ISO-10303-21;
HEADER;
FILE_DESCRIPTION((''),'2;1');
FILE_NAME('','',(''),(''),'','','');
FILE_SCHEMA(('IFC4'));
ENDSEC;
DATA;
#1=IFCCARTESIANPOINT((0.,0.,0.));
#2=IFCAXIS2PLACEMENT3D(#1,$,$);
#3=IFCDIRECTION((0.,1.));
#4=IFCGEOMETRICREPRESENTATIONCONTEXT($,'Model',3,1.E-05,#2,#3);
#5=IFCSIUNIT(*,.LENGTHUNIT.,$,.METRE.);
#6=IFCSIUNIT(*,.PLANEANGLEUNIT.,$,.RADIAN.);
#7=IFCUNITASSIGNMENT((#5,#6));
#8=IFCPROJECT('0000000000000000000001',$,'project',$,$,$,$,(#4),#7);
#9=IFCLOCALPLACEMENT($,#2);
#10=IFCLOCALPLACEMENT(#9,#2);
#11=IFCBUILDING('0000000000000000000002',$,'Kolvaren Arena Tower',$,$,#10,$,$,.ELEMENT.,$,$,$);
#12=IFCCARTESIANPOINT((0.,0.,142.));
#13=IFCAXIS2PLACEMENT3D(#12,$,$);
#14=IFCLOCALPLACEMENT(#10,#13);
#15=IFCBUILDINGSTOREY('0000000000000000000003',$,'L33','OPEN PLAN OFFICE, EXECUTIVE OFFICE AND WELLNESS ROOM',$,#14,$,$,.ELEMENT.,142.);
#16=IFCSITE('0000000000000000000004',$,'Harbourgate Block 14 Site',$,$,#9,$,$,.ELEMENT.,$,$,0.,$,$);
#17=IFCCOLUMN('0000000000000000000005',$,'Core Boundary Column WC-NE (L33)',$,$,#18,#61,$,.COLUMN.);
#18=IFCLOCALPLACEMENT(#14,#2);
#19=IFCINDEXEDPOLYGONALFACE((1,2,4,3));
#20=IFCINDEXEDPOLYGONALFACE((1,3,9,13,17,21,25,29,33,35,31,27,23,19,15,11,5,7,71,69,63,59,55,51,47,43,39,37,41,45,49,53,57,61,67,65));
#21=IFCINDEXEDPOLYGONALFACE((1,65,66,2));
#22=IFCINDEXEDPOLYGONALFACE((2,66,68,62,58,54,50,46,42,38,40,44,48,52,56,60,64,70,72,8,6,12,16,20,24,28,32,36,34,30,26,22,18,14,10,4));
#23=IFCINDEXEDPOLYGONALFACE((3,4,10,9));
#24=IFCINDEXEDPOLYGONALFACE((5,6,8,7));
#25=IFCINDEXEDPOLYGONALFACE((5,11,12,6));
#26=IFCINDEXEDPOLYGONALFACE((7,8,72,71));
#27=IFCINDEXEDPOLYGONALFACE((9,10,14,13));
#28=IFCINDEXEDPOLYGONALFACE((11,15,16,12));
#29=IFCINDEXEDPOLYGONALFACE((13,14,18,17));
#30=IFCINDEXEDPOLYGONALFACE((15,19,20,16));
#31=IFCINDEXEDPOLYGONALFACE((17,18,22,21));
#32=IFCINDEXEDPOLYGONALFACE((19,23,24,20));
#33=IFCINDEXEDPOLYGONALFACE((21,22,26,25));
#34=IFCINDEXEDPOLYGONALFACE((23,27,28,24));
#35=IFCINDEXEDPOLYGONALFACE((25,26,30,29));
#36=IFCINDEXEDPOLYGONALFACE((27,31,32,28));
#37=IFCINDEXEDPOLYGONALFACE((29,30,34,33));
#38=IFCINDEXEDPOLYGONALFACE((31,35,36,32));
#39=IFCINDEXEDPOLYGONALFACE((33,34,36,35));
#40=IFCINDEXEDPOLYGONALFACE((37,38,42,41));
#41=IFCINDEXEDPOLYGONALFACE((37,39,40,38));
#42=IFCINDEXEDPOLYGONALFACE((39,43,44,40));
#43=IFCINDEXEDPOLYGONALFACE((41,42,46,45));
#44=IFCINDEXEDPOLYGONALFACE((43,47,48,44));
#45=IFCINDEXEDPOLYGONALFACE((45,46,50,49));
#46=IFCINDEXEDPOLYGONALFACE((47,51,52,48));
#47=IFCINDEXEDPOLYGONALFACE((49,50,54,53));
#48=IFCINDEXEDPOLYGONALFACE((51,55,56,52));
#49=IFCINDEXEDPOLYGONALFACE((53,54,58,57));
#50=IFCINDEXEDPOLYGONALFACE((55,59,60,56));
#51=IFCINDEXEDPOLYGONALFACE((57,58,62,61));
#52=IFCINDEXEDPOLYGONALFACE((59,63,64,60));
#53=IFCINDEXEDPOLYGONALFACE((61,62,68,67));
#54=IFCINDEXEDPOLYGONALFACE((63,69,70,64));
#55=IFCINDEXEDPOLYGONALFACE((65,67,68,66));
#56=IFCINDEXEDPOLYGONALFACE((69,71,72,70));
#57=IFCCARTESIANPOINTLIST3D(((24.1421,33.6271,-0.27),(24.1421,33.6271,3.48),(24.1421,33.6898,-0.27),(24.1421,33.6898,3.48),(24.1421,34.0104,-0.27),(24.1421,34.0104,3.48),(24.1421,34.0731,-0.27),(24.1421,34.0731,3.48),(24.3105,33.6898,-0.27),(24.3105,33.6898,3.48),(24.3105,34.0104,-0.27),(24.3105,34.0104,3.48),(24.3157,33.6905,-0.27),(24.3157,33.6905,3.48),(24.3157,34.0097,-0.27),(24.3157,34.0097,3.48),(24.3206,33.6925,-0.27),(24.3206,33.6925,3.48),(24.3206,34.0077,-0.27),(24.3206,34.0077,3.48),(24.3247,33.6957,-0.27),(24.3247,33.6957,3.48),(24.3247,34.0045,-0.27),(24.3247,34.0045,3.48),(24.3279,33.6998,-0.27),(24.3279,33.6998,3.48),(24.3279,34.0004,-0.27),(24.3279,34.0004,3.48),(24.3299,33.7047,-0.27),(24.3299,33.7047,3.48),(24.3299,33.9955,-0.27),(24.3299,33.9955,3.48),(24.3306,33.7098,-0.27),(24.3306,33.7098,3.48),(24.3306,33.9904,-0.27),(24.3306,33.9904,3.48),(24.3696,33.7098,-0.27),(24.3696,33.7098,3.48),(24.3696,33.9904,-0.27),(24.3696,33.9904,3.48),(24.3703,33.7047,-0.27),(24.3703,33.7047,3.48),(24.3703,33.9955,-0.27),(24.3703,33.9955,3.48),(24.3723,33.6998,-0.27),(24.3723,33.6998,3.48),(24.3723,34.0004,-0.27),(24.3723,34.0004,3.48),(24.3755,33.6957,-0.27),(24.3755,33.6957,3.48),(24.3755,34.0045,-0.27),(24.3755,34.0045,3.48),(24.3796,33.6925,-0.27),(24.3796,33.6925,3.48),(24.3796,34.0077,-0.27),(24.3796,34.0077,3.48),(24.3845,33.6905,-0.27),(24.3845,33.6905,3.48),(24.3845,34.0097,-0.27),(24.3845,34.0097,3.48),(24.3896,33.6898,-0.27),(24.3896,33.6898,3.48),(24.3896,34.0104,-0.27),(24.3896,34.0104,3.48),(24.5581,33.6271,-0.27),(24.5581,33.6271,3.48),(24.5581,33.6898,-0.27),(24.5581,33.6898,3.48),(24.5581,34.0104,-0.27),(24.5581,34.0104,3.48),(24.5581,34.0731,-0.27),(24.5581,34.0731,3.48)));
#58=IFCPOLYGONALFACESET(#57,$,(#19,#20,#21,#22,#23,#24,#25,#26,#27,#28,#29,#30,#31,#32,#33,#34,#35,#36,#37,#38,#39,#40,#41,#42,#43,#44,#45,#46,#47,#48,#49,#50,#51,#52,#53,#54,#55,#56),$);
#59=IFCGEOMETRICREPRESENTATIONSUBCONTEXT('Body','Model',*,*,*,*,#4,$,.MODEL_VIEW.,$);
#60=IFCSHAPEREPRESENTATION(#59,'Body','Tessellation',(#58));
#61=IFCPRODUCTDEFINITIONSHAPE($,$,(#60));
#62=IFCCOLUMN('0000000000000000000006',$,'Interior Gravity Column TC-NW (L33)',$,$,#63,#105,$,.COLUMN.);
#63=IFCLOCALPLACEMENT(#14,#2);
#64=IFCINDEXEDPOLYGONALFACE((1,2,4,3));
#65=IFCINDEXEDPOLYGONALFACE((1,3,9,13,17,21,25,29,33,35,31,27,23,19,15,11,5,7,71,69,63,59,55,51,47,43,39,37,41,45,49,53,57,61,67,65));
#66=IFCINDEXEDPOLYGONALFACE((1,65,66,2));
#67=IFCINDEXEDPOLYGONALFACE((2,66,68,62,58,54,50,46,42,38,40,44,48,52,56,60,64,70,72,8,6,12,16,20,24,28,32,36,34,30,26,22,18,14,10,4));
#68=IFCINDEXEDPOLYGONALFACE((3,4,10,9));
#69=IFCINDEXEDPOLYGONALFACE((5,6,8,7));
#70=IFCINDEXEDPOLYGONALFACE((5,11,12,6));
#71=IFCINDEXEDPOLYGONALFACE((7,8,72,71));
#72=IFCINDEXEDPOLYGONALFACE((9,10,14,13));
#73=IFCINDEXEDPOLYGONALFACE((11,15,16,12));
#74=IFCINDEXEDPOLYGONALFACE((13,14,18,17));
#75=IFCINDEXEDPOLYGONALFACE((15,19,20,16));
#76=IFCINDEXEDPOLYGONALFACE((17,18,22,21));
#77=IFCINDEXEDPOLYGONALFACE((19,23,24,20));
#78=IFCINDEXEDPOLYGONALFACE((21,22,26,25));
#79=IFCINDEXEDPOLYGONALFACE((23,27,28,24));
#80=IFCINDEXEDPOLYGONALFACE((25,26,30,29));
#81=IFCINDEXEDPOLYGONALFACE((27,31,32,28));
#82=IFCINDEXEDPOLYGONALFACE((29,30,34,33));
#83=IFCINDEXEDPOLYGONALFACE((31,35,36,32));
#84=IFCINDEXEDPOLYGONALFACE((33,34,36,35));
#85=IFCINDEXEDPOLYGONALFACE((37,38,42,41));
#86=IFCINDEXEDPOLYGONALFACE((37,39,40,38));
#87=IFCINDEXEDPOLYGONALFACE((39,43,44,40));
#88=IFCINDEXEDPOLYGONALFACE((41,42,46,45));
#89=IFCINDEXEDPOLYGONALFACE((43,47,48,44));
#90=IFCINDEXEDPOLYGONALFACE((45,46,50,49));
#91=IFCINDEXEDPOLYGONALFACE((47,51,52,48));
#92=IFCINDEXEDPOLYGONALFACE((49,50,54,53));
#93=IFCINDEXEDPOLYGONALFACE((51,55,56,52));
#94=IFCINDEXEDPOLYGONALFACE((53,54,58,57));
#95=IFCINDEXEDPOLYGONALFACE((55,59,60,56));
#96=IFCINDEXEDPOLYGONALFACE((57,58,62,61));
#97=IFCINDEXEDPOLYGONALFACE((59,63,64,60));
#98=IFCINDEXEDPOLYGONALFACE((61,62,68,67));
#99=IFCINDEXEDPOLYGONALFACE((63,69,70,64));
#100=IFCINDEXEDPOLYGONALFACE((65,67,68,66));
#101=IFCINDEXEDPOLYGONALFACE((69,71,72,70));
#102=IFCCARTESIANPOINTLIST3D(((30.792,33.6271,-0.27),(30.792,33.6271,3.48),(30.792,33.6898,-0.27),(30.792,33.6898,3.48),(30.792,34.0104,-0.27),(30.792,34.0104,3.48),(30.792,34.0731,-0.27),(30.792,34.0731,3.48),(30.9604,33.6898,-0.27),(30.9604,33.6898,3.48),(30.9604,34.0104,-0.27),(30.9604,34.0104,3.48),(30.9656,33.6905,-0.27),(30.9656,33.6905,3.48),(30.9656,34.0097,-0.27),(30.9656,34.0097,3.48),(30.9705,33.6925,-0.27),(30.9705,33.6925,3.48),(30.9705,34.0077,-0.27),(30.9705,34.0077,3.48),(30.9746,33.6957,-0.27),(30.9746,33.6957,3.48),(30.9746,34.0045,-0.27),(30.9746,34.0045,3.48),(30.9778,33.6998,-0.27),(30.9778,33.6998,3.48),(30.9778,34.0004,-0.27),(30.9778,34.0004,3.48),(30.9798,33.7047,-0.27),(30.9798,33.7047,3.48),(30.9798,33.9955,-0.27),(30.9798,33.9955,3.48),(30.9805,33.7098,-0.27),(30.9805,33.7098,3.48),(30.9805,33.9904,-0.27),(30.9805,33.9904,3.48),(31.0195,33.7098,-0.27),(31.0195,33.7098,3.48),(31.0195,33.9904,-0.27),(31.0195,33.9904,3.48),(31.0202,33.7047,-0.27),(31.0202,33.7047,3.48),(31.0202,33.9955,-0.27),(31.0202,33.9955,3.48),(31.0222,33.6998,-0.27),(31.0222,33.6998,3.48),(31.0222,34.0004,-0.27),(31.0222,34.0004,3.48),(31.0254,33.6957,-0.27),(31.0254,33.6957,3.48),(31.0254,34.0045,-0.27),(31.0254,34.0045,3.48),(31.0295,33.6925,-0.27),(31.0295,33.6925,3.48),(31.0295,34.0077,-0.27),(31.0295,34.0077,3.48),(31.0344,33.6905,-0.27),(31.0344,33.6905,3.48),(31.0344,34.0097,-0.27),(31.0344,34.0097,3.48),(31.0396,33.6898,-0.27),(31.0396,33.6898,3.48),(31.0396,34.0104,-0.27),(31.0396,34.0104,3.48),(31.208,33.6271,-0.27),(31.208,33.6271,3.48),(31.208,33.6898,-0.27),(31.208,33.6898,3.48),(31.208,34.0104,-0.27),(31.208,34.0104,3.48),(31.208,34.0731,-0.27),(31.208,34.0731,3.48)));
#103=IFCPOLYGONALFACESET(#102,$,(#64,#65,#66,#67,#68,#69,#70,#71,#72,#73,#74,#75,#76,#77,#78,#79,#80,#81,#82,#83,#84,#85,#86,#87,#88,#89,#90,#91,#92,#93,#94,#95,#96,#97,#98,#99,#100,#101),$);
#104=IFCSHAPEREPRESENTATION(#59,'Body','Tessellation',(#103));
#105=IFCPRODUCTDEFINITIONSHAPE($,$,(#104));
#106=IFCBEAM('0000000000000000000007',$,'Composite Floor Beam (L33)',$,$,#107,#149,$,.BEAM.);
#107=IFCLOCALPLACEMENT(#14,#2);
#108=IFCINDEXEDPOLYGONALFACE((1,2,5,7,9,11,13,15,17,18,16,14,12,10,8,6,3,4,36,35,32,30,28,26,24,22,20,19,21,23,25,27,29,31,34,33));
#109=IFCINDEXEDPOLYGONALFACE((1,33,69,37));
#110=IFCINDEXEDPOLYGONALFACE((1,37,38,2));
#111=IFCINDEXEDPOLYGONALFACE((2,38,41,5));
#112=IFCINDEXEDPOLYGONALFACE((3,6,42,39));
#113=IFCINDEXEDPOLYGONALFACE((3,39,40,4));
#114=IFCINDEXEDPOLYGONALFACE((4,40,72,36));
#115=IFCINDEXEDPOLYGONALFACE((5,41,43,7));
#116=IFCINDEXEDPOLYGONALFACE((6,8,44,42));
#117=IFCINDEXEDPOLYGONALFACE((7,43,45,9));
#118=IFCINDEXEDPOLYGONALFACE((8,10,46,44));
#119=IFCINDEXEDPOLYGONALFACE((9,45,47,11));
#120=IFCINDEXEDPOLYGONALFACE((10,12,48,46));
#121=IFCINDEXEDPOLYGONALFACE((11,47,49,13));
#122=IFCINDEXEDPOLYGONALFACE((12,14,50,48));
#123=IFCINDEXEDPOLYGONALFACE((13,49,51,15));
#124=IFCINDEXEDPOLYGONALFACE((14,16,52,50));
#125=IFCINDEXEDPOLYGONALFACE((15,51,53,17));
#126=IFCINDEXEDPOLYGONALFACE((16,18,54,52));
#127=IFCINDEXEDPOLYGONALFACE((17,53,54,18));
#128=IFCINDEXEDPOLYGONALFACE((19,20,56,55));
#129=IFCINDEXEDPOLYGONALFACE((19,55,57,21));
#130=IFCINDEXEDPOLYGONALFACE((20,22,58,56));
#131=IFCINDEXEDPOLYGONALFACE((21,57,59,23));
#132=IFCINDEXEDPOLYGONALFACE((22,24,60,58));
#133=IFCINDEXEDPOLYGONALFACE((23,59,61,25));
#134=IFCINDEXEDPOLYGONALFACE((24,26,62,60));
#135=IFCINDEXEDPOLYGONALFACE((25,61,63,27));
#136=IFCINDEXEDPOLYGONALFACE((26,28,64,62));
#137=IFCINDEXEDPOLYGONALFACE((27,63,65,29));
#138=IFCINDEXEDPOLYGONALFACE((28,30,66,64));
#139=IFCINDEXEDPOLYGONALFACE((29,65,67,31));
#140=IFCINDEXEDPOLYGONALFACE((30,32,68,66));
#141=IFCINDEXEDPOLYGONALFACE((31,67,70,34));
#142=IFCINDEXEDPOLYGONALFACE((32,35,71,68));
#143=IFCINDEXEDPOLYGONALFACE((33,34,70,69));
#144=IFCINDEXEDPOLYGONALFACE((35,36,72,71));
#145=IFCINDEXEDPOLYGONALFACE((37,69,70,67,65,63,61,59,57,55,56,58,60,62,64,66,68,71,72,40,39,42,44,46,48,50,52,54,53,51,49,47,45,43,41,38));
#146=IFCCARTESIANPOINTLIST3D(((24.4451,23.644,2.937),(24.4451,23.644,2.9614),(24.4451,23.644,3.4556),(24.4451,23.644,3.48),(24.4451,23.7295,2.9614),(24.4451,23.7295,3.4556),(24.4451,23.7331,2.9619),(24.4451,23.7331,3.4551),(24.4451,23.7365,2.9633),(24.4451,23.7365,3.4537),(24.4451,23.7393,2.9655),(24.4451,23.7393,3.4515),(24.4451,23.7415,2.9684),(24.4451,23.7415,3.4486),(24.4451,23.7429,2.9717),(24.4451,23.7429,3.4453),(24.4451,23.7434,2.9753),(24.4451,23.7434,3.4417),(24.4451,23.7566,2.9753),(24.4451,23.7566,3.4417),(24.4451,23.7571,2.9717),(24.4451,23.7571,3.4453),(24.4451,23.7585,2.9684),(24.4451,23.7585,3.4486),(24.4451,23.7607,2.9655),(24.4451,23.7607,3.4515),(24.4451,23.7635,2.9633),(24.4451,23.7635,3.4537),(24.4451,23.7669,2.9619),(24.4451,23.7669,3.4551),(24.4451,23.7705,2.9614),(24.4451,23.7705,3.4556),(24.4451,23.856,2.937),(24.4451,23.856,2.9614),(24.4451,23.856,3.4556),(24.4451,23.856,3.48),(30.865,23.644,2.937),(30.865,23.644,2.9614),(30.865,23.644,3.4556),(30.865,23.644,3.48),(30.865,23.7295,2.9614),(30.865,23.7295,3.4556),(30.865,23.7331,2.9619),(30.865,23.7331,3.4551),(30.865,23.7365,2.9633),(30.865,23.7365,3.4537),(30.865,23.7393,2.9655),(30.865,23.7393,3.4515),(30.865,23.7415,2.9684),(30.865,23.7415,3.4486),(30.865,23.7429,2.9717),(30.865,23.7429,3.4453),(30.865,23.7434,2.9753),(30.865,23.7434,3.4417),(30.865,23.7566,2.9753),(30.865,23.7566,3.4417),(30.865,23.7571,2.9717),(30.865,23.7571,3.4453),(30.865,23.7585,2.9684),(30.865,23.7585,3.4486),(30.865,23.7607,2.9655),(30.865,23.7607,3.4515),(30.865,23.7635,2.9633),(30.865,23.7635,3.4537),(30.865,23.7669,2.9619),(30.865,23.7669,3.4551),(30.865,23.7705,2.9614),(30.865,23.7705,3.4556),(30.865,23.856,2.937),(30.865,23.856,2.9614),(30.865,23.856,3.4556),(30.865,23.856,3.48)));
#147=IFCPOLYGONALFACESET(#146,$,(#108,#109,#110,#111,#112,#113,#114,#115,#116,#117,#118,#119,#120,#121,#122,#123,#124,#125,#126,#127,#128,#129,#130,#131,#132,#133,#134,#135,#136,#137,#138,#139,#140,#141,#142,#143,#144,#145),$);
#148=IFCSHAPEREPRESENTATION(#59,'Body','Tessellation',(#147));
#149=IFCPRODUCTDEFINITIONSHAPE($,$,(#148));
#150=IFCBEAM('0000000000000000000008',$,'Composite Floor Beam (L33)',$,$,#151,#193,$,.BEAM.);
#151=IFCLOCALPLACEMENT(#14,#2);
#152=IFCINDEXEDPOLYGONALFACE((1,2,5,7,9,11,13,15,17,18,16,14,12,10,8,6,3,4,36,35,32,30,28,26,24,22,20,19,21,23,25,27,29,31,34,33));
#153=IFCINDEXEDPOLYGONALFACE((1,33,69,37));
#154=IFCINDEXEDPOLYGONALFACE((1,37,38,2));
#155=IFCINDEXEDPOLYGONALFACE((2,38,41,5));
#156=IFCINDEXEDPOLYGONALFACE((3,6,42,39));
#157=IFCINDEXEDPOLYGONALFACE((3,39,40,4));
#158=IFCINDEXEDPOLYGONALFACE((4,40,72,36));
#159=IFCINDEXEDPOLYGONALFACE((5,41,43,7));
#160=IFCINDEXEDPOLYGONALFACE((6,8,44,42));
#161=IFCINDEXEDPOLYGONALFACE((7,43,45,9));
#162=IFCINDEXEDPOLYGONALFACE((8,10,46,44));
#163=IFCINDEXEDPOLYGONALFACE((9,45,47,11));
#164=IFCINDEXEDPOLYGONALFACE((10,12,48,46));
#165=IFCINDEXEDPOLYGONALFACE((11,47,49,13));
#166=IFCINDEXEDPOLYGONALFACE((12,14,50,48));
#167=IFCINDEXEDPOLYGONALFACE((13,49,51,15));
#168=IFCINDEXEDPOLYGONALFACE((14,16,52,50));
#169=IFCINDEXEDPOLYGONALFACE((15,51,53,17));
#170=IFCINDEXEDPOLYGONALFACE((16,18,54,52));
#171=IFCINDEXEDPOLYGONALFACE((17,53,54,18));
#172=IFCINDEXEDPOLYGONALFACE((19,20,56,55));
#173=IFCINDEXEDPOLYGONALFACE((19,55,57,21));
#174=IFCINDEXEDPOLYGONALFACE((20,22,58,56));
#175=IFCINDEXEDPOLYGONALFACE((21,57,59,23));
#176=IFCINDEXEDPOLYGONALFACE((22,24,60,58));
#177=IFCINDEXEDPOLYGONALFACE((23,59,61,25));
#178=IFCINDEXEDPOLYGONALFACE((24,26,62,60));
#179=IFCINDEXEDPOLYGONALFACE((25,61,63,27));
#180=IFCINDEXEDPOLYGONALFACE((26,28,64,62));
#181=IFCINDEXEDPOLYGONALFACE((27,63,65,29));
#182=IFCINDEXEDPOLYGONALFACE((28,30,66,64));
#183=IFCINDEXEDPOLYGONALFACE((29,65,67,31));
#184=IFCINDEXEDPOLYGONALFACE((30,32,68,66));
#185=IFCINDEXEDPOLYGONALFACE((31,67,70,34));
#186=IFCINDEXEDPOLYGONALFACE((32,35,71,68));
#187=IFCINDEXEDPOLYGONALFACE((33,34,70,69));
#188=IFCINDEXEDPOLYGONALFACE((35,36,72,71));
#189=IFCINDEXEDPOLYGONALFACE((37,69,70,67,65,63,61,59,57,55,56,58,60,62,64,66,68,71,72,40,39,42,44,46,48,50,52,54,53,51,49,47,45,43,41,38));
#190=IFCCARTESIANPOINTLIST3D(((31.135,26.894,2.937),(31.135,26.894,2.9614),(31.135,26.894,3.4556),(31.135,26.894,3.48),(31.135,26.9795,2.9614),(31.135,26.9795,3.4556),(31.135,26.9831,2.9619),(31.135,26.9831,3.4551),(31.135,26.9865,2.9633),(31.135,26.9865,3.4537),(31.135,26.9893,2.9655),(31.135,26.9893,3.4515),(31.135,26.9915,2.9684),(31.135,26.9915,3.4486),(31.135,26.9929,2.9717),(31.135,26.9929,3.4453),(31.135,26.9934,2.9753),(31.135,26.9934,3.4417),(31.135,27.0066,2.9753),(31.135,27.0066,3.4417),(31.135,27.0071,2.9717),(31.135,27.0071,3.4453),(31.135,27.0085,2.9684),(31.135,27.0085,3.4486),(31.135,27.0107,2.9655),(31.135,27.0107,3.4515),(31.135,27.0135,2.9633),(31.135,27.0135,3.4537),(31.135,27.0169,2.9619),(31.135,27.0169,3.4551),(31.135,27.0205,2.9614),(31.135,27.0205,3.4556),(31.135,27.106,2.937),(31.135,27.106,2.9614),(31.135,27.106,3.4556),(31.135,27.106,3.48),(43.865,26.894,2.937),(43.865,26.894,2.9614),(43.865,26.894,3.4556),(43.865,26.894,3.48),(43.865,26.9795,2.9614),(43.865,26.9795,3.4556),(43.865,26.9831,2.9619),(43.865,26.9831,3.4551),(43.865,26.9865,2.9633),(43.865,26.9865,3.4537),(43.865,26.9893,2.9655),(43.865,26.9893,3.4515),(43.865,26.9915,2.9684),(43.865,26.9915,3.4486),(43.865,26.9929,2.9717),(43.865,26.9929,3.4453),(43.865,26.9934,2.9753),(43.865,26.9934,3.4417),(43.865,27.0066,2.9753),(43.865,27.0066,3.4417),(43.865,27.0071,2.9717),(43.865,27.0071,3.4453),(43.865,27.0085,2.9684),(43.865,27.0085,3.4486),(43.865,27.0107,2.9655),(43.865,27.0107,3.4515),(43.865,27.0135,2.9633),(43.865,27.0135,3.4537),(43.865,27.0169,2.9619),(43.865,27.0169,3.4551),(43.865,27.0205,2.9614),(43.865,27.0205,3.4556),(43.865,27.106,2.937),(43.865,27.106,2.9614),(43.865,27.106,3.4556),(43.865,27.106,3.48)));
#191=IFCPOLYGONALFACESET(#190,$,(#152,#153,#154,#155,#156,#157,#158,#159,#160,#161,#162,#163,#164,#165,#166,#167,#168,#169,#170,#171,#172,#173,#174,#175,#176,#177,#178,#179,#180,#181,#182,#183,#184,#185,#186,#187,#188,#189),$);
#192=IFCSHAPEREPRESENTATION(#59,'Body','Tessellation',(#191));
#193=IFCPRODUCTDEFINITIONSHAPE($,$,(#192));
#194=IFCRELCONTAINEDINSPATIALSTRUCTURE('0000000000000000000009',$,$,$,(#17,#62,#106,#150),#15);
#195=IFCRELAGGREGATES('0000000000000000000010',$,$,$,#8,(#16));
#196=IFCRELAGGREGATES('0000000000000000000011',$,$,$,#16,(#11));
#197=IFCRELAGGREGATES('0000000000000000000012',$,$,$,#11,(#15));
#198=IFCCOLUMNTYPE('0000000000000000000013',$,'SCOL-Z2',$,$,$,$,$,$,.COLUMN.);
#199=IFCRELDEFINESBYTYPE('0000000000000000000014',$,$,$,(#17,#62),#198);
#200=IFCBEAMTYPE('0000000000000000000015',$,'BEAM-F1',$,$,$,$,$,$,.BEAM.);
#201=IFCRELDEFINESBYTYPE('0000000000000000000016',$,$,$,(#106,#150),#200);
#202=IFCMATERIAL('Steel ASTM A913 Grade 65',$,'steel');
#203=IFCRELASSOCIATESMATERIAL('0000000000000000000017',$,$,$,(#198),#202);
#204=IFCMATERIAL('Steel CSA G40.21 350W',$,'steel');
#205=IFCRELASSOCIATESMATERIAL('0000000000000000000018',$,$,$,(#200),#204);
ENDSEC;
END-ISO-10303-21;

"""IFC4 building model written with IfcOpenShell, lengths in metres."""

from ifc_helpers import new_model, si_unit, direction, frame, origin, origin_2d, place, context, subcontext, project, spatial, i_section, extrude, material, material_profile, profile_set, type_object, element, save


model = new_model("IFC4")

# Units and contexts
model_context = context("Model", 3, precision=1e-05, world=origin(), true_north=direction((0.0, 1.0)))
body_context = subcontext(model_context, "Body", "Model", "MODEL_VIEW")
ifc_project = project(units=[si_unit("LENGTHUNIT", "METRE"), si_unit("PLANEANGLEUNIT", "RADIAN")], contexts=[model_context])

# Site, building, storey
site_placement = place(None, origin())
site = spatial("IfcSite", under=ifc_project, at=site_placement, Name="Harbourgate Block 14 Site", CompositionType="ELEMENT", RefElevation=0.0)
building_placement = place(site_placement, origin())
building = spatial("IfcBuilding", under=site, at=building_placement, Name="Kolvaren Arena Tower", CompositionType="ELEMENT")
storey_placement = place(building_placement, frame((0.0, 0.0, 142.0)))
storey = spatial("IfcBuildingStorey", under=building, at=storey_placement, Name="L33", Description="OPEN PLAN OFFICE, EXECUTIVE OFFICE AND WELLNESS ROOM", CompositionType="ELEMENT", Elevation=142.0)

# Columns
ifc_material_1 = material(Name="Steel ASTM A913 Grade 65", Category="steel")
ifc_material_profile_1 = material_profile(ifc_material_1, i_section(OverallWidth=0.416, OverallDepth=0.446, WebThickness=0.0391, FlangeThickness=0.0627, FilletRadius=0.02, at=origin_2d()), Name="W360x509")
ifc_profile_set_1 = profile_set([ifc_material_profile_1], Name="Steel ASTM A913 Grade 65")
column_type = type_object("IfcColumnType", Name="SCOL-Z2", PredefinedType="COLUMN", material=ifc_profile_set_1)
for number, where, z_axis, x_axis, name in (
    (1, (24.3501, 33.8501, -0.27), (0.0, 0.0, 1.0), (1.0, 0.0, 0.0), "Core Boundary Column WC-NE (L33)"),
    (2, (31.0, 33.8501, -0.27), (0.0, 0.0, 1.0), (1.0, 0.0, 0.0), "Interior Gravity Column TC-NW (L33)"),
):
    element("IfcColumn", number, at=place(storey_placement, frame(where, z_axis=z_axis, x_axis=x_axis)), inside=storey, type_object=column_type, Name=name, PredefinedType="COLUMN", context=body_context, shape_type="SweptSolid", body=[
        extrude(i_section(OverallWidth=0.416, OverallDepth=0.446, WebThickness=0.0391, FlangeThickness=0.0627, FilletRadius=0.02, at=origin_2d()), origin(), (0.0, 0.0, 1.0), 3.75),
    ])

# Beams
ifc_material_2 = material(Name="Steel CSA G40.21 350W", Category="steel")
ifc_material_profile_2 = material_profile(ifc_material_2, i_section(OverallWidth=0.2119, OverallDepth=0.543, WebThickness=0.0132, FlangeThickness=0.0244, FilletRadius=0.0139, at=origin_2d()), Name="W530x150")
ifc_profile_set_2 = profile_set([ifc_material_profile_2], Name="Steel CSA G40.21 350W")
beam_type_1 = type_object("IfcBeamType", Name="BEAM-F1", PredefinedType="BEAM", material=ifc_profile_set_2)
beam_1_placement = place(storey_placement, frame((24.4451, 23.75, 3.2085), z_axis=(1.0, 0.0, 0.0), x_axis=(0.0, 1.0, 0.0)))
element("IfcBeam", 3, at=beam_1_placement, inside=storey, type_object=beam_type_1, Name="Composite Floor Beam (L33)", PredefinedType="BEAM", context=body_context, shape_type="SweptSolid", body=[
    extrude(i_section(OverallWidth=0.2119, OverallDepth=0.543, WebThickness=0.0132, FlangeThickness=0.0244, FilletRadius=0.0139, at=origin_2d()), origin(), (0.0, 0.0, 1.0), 6.4199),
])
beam_2_placement = place(storey_placement, frame((31.135, 27.0, 3.2085), z_axis=(1.0, 0.0, 0.0), x_axis=(0.0, 1.0, 0.0)))
element("IfcBeam", 4, at=beam_2_placement, inside=storey, type_object=beam_type_1, Name="Composite Floor Beam (L33)", PredefinedType="BEAM", context=body_context, shape_type="SweptSolid", body=[
    extrude(i_section(OverallWidth=0.2119, OverallDepth=0.543, WebThickness=0.0132, FlangeThickness=0.0244, FilletRadius=0.0139, at=origin_2d()), origin(), (0.0, 0.0, 1.0), 12.73),
])

save(model, "model.ifc")
